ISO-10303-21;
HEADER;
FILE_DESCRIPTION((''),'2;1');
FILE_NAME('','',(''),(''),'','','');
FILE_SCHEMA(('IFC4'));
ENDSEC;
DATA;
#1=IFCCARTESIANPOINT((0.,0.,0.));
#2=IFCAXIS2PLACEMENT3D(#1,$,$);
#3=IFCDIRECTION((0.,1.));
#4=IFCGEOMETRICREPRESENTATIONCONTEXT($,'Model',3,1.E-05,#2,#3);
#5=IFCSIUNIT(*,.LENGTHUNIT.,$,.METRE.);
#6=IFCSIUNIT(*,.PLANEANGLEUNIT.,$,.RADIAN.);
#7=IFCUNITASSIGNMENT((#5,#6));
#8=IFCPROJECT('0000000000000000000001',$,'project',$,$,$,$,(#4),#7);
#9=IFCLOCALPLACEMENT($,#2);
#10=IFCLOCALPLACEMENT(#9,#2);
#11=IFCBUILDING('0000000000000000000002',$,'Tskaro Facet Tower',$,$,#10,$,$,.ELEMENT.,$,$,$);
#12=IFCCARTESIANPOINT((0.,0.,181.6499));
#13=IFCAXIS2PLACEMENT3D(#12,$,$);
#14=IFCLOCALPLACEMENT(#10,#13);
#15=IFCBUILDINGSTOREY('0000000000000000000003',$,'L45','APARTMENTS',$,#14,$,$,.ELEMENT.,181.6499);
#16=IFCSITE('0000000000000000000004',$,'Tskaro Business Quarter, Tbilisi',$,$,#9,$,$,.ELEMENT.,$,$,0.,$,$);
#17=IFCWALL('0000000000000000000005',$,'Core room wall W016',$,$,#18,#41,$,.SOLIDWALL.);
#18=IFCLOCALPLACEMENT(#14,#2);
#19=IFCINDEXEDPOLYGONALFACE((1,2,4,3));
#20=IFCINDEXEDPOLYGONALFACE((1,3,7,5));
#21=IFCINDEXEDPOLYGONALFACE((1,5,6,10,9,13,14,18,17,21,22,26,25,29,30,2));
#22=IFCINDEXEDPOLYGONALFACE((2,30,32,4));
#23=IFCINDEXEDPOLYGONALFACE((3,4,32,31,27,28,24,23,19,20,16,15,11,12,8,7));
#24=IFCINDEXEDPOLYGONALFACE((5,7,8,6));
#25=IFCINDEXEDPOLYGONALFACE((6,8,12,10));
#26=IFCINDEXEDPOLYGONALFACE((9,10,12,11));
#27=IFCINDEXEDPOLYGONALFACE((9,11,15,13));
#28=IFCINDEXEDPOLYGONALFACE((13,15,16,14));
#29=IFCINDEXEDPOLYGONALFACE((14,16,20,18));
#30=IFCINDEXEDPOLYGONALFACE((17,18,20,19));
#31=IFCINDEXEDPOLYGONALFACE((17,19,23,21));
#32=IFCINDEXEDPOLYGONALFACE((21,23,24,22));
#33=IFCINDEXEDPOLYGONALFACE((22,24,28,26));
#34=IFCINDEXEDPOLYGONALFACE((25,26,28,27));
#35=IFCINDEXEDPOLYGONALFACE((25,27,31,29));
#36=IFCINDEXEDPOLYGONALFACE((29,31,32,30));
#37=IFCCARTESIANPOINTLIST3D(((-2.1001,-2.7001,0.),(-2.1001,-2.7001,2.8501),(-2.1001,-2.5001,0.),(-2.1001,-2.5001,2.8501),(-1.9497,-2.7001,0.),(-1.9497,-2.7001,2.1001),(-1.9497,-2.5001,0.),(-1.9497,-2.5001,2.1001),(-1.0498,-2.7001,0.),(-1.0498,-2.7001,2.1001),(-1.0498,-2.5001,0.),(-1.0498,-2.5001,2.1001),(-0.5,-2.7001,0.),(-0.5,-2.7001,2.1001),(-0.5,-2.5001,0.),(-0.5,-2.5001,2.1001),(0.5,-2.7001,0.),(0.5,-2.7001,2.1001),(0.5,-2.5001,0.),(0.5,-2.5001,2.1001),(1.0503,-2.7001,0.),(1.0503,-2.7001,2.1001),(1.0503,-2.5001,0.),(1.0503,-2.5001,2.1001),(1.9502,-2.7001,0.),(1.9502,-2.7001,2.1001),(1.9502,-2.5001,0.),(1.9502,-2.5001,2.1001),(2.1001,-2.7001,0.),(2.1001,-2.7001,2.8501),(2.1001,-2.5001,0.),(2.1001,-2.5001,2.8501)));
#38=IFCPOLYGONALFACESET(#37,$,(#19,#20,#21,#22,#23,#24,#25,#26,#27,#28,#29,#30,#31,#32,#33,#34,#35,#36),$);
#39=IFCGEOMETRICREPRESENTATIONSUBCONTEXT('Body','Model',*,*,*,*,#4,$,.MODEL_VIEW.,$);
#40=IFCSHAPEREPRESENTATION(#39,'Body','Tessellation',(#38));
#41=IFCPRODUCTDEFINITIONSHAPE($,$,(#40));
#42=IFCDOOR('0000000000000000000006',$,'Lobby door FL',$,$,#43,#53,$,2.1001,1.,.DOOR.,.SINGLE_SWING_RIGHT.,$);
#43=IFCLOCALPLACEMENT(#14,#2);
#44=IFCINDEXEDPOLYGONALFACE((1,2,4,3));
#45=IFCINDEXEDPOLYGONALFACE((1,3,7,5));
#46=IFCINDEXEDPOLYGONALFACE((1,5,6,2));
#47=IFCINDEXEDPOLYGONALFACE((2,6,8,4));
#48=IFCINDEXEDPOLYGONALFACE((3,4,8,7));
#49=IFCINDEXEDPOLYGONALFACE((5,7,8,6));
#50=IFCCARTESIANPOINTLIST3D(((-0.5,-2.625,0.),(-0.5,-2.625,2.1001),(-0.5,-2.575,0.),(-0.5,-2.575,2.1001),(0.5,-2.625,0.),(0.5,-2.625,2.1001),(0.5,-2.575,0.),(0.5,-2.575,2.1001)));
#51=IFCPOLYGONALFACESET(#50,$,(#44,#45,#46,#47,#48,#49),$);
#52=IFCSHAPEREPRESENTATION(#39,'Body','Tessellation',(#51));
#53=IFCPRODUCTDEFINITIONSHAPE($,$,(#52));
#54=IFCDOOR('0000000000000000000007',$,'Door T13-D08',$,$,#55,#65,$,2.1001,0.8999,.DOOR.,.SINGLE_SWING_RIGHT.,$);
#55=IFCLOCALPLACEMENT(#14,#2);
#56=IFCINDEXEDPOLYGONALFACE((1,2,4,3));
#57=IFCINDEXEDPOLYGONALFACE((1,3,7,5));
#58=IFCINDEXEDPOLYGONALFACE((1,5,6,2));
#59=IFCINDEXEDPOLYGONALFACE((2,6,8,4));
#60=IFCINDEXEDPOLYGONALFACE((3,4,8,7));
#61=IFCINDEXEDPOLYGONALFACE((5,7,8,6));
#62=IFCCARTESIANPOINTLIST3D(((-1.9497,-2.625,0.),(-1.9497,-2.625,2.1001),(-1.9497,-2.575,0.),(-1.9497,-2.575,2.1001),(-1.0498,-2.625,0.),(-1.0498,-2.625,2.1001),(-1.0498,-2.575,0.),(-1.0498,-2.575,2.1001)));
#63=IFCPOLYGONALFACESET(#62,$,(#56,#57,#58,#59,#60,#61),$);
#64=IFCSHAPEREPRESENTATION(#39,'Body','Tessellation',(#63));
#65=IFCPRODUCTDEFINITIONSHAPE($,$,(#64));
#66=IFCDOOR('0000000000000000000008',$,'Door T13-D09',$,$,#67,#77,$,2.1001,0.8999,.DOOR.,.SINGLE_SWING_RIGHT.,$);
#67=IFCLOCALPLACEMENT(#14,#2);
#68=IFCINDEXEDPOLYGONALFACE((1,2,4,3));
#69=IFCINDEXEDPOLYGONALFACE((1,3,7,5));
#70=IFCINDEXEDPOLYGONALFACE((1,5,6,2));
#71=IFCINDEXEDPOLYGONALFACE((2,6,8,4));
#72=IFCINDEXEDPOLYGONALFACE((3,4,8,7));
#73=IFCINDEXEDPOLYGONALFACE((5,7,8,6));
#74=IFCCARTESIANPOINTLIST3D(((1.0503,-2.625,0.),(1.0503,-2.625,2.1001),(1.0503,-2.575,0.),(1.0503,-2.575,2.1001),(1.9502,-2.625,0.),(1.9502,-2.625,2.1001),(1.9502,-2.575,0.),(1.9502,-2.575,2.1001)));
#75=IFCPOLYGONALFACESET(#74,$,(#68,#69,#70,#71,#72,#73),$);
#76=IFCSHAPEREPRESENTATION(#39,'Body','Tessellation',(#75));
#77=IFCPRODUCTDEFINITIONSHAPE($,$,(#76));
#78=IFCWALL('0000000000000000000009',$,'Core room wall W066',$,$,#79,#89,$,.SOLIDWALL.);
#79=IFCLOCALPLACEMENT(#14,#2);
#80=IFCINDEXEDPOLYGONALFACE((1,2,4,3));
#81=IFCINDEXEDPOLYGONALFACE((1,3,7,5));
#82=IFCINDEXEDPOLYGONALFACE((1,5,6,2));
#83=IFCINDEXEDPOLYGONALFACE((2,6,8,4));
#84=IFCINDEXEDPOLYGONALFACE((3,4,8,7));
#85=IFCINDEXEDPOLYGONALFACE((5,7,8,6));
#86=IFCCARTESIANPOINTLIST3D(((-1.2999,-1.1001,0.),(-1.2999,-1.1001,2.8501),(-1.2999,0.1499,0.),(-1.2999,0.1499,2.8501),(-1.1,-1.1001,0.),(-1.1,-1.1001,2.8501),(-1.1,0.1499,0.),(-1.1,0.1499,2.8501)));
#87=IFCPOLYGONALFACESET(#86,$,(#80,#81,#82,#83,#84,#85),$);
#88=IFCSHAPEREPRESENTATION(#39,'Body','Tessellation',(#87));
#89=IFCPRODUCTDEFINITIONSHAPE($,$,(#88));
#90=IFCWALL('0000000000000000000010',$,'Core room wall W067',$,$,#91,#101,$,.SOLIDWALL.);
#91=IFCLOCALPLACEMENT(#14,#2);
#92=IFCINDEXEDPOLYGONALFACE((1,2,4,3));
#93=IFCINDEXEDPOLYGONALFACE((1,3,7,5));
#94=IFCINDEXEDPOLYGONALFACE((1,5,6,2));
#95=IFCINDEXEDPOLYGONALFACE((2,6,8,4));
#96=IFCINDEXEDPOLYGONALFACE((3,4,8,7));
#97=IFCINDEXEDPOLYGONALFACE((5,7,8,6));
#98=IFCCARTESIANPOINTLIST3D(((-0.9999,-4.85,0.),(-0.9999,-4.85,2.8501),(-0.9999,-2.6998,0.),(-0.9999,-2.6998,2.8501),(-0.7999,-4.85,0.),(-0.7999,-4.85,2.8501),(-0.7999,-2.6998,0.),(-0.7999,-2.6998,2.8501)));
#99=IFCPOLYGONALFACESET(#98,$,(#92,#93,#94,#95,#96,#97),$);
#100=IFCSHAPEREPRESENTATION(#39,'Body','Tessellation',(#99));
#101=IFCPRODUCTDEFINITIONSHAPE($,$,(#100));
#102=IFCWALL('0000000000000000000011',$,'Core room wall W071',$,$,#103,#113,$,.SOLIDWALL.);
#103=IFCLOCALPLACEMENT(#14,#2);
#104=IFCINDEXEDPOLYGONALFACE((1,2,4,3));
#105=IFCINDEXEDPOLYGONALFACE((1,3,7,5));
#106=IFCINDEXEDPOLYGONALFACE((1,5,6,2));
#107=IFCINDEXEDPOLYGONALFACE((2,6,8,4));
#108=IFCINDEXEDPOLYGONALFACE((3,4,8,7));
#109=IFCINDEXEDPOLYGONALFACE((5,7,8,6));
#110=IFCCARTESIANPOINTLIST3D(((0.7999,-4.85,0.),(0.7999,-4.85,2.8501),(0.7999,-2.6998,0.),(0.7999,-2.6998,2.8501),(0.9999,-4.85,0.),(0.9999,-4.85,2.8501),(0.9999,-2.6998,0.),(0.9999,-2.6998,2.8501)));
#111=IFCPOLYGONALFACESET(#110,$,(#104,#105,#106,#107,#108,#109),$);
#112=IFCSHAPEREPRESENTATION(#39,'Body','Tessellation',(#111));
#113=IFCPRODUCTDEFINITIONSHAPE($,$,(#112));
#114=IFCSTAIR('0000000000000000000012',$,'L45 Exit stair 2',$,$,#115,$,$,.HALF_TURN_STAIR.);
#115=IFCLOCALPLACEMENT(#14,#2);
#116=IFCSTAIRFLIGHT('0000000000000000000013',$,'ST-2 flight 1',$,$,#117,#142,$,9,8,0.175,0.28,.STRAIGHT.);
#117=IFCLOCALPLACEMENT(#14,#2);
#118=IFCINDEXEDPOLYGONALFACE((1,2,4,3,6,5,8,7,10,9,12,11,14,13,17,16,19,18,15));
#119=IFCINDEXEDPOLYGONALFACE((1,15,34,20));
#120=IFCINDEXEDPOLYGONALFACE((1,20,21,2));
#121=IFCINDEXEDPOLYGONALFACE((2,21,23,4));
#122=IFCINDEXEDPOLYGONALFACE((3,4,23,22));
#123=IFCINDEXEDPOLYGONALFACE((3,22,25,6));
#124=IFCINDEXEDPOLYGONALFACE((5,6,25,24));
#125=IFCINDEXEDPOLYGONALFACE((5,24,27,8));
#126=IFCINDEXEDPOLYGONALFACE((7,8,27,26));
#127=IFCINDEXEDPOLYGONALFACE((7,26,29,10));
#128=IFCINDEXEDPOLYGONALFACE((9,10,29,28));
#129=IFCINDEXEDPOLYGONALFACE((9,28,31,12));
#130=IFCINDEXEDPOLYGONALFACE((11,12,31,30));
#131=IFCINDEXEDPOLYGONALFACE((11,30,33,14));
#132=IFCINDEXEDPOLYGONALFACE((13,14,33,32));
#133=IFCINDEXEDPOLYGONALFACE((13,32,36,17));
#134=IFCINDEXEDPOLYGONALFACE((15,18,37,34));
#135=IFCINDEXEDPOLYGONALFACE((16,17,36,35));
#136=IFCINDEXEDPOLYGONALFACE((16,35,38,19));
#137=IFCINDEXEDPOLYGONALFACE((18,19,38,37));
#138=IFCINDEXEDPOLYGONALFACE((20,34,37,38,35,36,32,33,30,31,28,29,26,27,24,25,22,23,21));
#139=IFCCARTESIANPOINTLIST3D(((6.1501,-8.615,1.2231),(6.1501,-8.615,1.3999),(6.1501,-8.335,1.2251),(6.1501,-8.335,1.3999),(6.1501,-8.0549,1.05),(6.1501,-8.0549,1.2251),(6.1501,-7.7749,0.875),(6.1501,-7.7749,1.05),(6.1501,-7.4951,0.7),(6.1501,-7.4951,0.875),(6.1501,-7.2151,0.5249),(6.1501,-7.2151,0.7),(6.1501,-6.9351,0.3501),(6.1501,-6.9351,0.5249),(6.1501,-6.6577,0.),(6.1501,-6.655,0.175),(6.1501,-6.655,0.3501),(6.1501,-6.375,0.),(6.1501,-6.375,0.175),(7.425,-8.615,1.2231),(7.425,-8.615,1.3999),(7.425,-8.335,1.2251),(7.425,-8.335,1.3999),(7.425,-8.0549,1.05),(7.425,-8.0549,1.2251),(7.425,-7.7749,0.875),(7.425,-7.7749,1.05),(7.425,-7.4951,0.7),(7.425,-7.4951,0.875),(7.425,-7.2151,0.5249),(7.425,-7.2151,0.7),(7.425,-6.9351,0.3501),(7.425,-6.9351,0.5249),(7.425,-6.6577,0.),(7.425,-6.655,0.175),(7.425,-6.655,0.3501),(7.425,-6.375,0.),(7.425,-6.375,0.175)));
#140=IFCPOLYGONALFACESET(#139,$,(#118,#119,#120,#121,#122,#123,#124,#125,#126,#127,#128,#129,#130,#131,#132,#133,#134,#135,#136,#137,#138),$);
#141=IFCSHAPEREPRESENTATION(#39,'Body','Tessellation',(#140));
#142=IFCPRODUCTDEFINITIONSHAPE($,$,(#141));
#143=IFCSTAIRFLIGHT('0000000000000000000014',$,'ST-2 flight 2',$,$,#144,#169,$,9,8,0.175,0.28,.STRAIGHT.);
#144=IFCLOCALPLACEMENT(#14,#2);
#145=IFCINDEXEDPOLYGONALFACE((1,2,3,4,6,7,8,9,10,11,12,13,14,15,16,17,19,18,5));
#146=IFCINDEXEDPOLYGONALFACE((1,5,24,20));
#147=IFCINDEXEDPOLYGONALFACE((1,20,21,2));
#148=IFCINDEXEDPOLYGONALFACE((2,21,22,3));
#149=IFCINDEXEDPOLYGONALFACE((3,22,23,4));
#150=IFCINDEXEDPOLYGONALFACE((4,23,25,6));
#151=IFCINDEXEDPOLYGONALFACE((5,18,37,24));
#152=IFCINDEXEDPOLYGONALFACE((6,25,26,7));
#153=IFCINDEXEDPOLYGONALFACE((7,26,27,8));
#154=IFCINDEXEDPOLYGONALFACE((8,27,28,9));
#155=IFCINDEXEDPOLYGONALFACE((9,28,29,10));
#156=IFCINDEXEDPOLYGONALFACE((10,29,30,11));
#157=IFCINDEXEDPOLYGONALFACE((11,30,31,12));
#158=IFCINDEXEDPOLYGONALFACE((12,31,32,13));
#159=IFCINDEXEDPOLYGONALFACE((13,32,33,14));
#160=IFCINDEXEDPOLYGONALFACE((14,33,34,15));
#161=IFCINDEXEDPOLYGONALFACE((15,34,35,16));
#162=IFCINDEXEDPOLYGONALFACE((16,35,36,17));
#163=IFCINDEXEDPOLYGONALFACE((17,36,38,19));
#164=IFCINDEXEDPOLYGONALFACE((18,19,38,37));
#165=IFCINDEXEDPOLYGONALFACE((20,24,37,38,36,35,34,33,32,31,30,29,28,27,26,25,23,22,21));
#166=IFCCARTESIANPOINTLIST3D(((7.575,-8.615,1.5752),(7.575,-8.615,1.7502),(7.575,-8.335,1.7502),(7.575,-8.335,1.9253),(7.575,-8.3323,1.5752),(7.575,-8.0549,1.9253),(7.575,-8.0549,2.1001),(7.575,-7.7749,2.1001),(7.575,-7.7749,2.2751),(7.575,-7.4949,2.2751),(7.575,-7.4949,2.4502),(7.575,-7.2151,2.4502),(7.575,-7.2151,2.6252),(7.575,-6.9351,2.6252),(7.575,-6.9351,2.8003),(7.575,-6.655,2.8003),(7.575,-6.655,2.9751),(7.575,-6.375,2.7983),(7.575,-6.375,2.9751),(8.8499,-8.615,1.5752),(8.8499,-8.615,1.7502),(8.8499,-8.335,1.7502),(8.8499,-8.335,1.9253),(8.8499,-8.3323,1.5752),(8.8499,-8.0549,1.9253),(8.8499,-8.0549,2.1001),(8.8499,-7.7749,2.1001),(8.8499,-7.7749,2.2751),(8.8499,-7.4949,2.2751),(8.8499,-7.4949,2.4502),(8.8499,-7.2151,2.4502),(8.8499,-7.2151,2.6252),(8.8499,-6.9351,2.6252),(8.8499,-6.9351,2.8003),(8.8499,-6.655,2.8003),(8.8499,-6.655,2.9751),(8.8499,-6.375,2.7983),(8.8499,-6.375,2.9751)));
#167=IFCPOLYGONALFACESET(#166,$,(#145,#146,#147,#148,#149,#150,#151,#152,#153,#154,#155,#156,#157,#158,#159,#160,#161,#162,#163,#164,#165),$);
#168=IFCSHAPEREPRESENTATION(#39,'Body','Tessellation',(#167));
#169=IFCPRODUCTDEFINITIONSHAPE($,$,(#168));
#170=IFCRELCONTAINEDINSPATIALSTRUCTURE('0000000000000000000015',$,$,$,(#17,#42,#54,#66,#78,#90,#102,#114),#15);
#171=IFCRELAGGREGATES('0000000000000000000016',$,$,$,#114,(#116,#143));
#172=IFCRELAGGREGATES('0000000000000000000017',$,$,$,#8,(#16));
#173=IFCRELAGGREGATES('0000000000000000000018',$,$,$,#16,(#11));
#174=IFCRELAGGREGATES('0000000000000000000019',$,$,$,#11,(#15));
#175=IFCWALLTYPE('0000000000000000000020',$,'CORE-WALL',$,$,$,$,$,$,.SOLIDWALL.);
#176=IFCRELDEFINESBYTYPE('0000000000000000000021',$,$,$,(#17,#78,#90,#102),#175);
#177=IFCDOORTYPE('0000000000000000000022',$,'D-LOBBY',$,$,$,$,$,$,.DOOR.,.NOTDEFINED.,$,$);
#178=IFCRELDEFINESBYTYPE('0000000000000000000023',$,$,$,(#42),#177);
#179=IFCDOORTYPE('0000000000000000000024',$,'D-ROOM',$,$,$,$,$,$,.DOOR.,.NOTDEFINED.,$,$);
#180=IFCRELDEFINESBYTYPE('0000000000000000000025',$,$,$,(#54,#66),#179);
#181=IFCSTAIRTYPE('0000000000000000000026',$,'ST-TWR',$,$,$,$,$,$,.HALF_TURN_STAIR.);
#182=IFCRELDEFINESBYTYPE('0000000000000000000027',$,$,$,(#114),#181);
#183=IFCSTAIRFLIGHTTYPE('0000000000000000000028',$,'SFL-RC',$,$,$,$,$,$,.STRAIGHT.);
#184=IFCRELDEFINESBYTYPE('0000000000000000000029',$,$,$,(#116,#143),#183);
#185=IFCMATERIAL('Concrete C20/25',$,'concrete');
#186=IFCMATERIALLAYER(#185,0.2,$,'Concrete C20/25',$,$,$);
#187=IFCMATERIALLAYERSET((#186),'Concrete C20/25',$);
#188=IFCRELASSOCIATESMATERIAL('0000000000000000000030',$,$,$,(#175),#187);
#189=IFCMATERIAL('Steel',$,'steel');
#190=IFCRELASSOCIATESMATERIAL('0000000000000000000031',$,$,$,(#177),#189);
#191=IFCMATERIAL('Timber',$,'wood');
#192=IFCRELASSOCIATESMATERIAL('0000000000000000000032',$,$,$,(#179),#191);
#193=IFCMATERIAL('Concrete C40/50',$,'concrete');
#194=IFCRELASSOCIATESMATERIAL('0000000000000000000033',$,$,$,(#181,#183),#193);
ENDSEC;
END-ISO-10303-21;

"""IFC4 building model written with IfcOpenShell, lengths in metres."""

from ifc_helpers import new_model, si_unit, direction, frame, frame_2d, origin, place, context, subcontext, project, spatial, polyline, rectangle, outline, extrude, material, layer, layer_set, type_object, element, fill, aggregate, save


model = new_model("IFC4")

# Units and contexts
model_context = context("Model", 3, precision=1e-05, world=origin(), true_north=direction((0.0, 1.0)))
body_context = subcontext(model_context, "Body", "Model", "MODEL_VIEW")
ifc_project = project(units=[si_unit("LENGTHUNIT", "METRE"), si_unit("PLANEANGLEUNIT", "RADIAN")], contexts=[model_context])

# Site, building, storey
site_placement = place(None, origin())
site = spatial("IfcSite", under=ifc_project, at=site_placement, Name="Tskaro Business Quarter, Tbilisi", CompositionType="ELEMENT", RefElevation=0.0)
building_placement = place(site_placement, origin())
building = spatial("IfcBuilding", under=site, at=building_placement, Name="Tskaro Facet Tower", CompositionType="ELEMENT")
storey_placement = place(building_placement, frame((0.0, 0.0, 181.6499)))
storey = spatial("IfcBuildingStorey", under=building, at=storey_placement, Name="L45", Description="APARTMENTS", CompositionType="ELEMENT", Elevation=181.6499)

# Shared definitions
ifc_material_1 = material(Name="Steel", Category="steel")

# Shared definitions
ifc_material_2 = material(Name="Concrete C20/25", Category="concrete")
ifc_layer_1 = layer(ifc_material_2, 0.2, Name="Concrete C20/25")
ifc_layer_set_1 = layer_set([ifc_layer_1], Name="Concrete C20/25")
wall_type_1 = type_object("IfcWallType", Name="CORE-WALL", PredefinedType="SOLIDWALL", material=ifc_layer_set_1)

# Wall, openings, doors
wall_1_placement = place(storey_placement, frame((2.1001, -2.6001, 0.0), z_axis=(0.0, 0.0, 1.0), x_axis=(-1.0, 0.0, 0.0)))
wall_1 = element("IfcWall", 1, at=wall_1_placement, inside=storey, type_object=wall_type_1, Name="Core room wall W016", PredefinedType="SOLIDWALL", context=body_context, shape_type="SweptSolid", body=[
    extrude(rectangle(XDim=4.2002, YDim=0.2, at=frame_2d((2.1001, 0.0))), origin(), (0.0, 0.0, 1.0), 2.8501),
])
opening_1_placement = place(wall_1_placement, frame((1.6001, 0.0, 0.0)))
opening_1 = element("IfcOpeningElement", 2, at=opening_1_placement, cuts=wall_1, PredefinedType="OPENING", context=body_context, shape_type="SweptSolid", body=[
    extrude(rectangle(XDim=1.0, YDim=2.1001, at=frame_2d((0.5, 1.05))), frame((0.0, 0.1099, 0.0), z_axis=(0.0, -1.0, 0.0), x_axis=(1.0, 0.0, 0.0)), (0.0, 0.0, 1.0), 0.22),
])
opening_2_placement = place(wall_1_placement, frame((3.1499, 0.0, 0.0)))
opening_2 = element("IfcOpeningElement", 3, at=opening_2_placement, cuts=wall_1, PredefinedType="OPENING", context=body_context, shape_type="SweptSolid", body=[
    extrude(rectangle(XDim=0.8999, YDim=2.1001, at=frame_2d((0.45, 1.05))), frame((0.0, 0.1099, 0.0), z_axis=(0.0, -1.0, 0.0), x_axis=(1.0, 0.0, 0.0)), (0.0, 0.0, 1.0), 0.22),
])
opening_3_placement = place(wall_1_placement, frame((0.1499, 0.0, 0.0)))
opening_3 = element("IfcOpeningElement", 4, at=opening_3_placement, cuts=wall_1, PredefinedType="OPENING", context=body_context, shape_type="SweptSolid", body=[
    extrude(rectangle(XDim=0.8999, YDim=2.1001, at=frame_2d((0.45, 1.05))), frame((0.0, 0.1099, 0.0), z_axis=(0.0, -1.0, 0.0), x_axis=(1.0, 0.0, 0.0)), (0.0, 0.0, 1.0), 0.22),
])
door_type_1 = type_object("IfcDoorType", Name="D-LOBBY", OperationType="NOTDEFINED", PredefinedType="DOOR", material=ifc_material_1)
door_1_placement = place(opening_1_placement, origin())
door_1 = element("IfcDoor", 5, at=door_1_placement, inside=storey, type_object=door_type_1, Name="Lobby door FL", OperationType="SINGLE_SWING_RIGHT", OverallHeight=2.1001, OverallWidth=1.0, PredefinedType="DOOR", context=body_context, shape_type="SweptSolid", body=[
    extrude(rectangle(XDim=1.0, YDim=2.1001, at=frame_2d((0.5, 1.05))), frame((0.0, 0.0249, 0.0), z_axis=(0.0, -1.0, 0.0), x_axis=(1.0, 0.0, 0.0)), (0.0, 0.0, 1.0), 0.05),
])
fill(opening_1, door_1)
ifc_material_3 = material(Name="Timber", Category="wood")
door_type_2 = type_object("IfcDoorType", Name="D-ROOM", OperationType="NOTDEFINED", PredefinedType="DOOR", material=ifc_material_3)
door_2_placement = place(opening_2_placement, origin())
door_2 = element("IfcDoor", 6, at=door_2_placement, inside=storey, type_object=door_type_2, Name="Door T13-D08", OperationType="SINGLE_SWING_RIGHT", OverallHeight=2.1001, OverallWidth=0.8999, PredefinedType="DOOR", context=body_context, shape_type="SweptSolid", body=[
    extrude(rectangle(XDim=0.8999, YDim=2.1001, at=frame_2d((0.45, 1.05))), frame((0.0, 0.0249, 0.0), z_axis=(0.0, -1.0, 0.0), x_axis=(1.0, 0.0, 0.0)), (0.0, 0.0, 1.0), 0.05),
])
fill(opening_2, door_2)
door_3_placement = place(opening_3_placement, origin())
door_3 = element("IfcDoor", 7, at=door_3_placement, inside=storey, type_object=door_type_2, Name="Door T13-D09", OperationType="SINGLE_SWING_RIGHT", OverallHeight=2.1001, OverallWidth=0.8999, PredefinedType="DOOR", context=body_context, shape_type="SweptSolid", body=[
    extrude(rectangle(XDim=0.8999, YDim=2.1001, at=frame_2d((0.45, 1.05))), frame((0.0, 0.0249, 0.0), z_axis=(0.0, -1.0, 0.0), x_axis=(1.0, 0.0, 0.0)), (0.0, 0.0, 1.0), 0.05),
])
fill(opening_3, door_3)

# Walls
wall_2_placement = place(storey_placement, frame((-1.2, -1.1001, 0.0), z_axis=(0.0, 0.0, 1.0), x_axis=(0.0, 1.0, 0.0)))
element("IfcWall", 8, at=wall_2_placement, inside=storey, type_object=wall_type_1, Name="Core room wall W066", PredefinedType="SOLIDWALL", context=body_context, shape_type="SweptSolid", body=[
    extrude(rectangle(XDim=1.25, YDim=0.2, at=frame_2d((0.625, 0.0))), origin(), (0.0, 0.0, 1.0), 2.8501),
])
for number, where, z_axis, x_axis, name in (
    (9, (-0.8999, -4.8501, 0.0), (0.0, 0.0, 1.0), (0.0, 1.0, 0.0), "Core room wall W067"),
    (10, (0.8999, -4.8501, 0.0), (0.0, 0.0, 1.0), (0.0, 1.0, 0.0), "Core room wall W071"),
):
    element("IfcWall", number, at=place(storey_placement, frame(where, z_axis=z_axis, x_axis=x_axis)), inside=storey, type_object=wall_type_1, Name=name, PredefinedType="SOLIDWALL", context=body_context, shape_type="SweptSolid", body=[
        extrude(rectangle(XDim=2.1501, YDim=0.2, at=frame_2d((1.0752, 0.0))), origin(), (0.0, 0.0, 1.0), 2.8501),
    ])

# Stair, stair flights
ifc_material_4 = material(Name="Concrete C40/50", Category="concrete")
stair_type = type_object("IfcStairType", Name="ST-TWR", PredefinedType="HALF_TURN_STAIR", material=ifc_material_4)
stair_placement = place(storey_placement, origin())
stair = element("IfcStair", 11, at=stair_placement, inside=storey, type_object=stair_type, Name="L45 Exit stair 2", PredefinedType="HALF_TURN_STAIR")
stair_flight_type = type_object("IfcStairFlightType", Name="SFL-RC", PredefinedType="STRAIGHT", material=ifc_material_4)
stair_flight_1_placement = place(storey_placement, frame((6.7876, -6.375, 0.0), z_axis=(0.0, 0.0, 1.0), x_axis=(0.0, -1.0, 0.0)))
stair_flight_1 = element("IfcStairFlight", 12, at=stair_flight_1_placement, type_object=stair_flight_type, Name="ST-2 flight 1", NumberOfRisers=9, NumberOfTreads=8, PredefinedType="STRAIGHT", RiserHeight=0.175, TreadLength=0.28, context=body_context, shape_type="SweptSolid", body=[
    extrude(outline(polyline([(0.0, 0.0), (0.0, 0.175), (0.28, 0.175), (0.28, 0.3501), (0.5601, 0.3501), (0.5601, 0.5249), (0.8401, 0.5249), (0.8401, 0.7), (1.1201, 0.7), (1.1201, 0.875), (1.3999, 0.875), (1.3999, 1.05), (1.6799, 1.05), (1.6799, 1.2251), (1.96, 1.2251), (1.96, 1.3999), (2.24, 1.3999), (2.24, 1.575), (2.24, 1.2231), (0.2827, 0.0), (0.0, 0.0)])), frame((0.0, 0.6375, 0.0), z_axis=(0.0, -1.0, 0.0), x_axis=(1.0, 0.0, 0.0)), (0.0, 0.0, 1.0), 1.2749),
])
stair_flight_2_placement = place(storey_placement, frame((8.2124, -8.615, 1.5752), z_axis=(0.0, 0.0, 1.0), x_axis=(0.0, 1.0, 0.0)))
stair_flight_2 = element("IfcStairFlight", 13, at=stair_flight_2_placement, type_object=stair_flight_type, Name="ST-2 flight 2", NumberOfRisers=9, NumberOfTreads=8, PredefinedType="STRAIGHT", RiserHeight=0.175, TreadLength=0.28, context=body_context, shape_type="SweptSolid", body=[
    extrude(outline(polyline([(0.0, 0.0), (0.0, 0.175), (0.28, 0.175), (0.28, 0.3501), (0.5601, 0.3501), (0.5601, 0.5249), (0.8401, 0.5249), (0.8401, 0.7), (1.1201, 0.7), (1.1201, 0.875), (1.3999, 0.875), (1.3999, 1.05), (1.6799, 1.05), (1.6799, 1.2251), (1.96, 1.2251), (1.96, 1.3999), (2.24, 1.3999), (2.24, 1.575), (2.24, 1.2231), (0.2827, 0.0), (0.0, 0.0)])), frame((0.0, 0.6375, 0.0), z_axis=(0.0, -1.0, 0.0), x_axis=(1.0, 0.0, 0.0)), (0.0, 0.0, 1.0), 1.2749),
])
aggregate(stair, [stair_flight_1, stair_flight_2])

save(model, "model.ifc")
